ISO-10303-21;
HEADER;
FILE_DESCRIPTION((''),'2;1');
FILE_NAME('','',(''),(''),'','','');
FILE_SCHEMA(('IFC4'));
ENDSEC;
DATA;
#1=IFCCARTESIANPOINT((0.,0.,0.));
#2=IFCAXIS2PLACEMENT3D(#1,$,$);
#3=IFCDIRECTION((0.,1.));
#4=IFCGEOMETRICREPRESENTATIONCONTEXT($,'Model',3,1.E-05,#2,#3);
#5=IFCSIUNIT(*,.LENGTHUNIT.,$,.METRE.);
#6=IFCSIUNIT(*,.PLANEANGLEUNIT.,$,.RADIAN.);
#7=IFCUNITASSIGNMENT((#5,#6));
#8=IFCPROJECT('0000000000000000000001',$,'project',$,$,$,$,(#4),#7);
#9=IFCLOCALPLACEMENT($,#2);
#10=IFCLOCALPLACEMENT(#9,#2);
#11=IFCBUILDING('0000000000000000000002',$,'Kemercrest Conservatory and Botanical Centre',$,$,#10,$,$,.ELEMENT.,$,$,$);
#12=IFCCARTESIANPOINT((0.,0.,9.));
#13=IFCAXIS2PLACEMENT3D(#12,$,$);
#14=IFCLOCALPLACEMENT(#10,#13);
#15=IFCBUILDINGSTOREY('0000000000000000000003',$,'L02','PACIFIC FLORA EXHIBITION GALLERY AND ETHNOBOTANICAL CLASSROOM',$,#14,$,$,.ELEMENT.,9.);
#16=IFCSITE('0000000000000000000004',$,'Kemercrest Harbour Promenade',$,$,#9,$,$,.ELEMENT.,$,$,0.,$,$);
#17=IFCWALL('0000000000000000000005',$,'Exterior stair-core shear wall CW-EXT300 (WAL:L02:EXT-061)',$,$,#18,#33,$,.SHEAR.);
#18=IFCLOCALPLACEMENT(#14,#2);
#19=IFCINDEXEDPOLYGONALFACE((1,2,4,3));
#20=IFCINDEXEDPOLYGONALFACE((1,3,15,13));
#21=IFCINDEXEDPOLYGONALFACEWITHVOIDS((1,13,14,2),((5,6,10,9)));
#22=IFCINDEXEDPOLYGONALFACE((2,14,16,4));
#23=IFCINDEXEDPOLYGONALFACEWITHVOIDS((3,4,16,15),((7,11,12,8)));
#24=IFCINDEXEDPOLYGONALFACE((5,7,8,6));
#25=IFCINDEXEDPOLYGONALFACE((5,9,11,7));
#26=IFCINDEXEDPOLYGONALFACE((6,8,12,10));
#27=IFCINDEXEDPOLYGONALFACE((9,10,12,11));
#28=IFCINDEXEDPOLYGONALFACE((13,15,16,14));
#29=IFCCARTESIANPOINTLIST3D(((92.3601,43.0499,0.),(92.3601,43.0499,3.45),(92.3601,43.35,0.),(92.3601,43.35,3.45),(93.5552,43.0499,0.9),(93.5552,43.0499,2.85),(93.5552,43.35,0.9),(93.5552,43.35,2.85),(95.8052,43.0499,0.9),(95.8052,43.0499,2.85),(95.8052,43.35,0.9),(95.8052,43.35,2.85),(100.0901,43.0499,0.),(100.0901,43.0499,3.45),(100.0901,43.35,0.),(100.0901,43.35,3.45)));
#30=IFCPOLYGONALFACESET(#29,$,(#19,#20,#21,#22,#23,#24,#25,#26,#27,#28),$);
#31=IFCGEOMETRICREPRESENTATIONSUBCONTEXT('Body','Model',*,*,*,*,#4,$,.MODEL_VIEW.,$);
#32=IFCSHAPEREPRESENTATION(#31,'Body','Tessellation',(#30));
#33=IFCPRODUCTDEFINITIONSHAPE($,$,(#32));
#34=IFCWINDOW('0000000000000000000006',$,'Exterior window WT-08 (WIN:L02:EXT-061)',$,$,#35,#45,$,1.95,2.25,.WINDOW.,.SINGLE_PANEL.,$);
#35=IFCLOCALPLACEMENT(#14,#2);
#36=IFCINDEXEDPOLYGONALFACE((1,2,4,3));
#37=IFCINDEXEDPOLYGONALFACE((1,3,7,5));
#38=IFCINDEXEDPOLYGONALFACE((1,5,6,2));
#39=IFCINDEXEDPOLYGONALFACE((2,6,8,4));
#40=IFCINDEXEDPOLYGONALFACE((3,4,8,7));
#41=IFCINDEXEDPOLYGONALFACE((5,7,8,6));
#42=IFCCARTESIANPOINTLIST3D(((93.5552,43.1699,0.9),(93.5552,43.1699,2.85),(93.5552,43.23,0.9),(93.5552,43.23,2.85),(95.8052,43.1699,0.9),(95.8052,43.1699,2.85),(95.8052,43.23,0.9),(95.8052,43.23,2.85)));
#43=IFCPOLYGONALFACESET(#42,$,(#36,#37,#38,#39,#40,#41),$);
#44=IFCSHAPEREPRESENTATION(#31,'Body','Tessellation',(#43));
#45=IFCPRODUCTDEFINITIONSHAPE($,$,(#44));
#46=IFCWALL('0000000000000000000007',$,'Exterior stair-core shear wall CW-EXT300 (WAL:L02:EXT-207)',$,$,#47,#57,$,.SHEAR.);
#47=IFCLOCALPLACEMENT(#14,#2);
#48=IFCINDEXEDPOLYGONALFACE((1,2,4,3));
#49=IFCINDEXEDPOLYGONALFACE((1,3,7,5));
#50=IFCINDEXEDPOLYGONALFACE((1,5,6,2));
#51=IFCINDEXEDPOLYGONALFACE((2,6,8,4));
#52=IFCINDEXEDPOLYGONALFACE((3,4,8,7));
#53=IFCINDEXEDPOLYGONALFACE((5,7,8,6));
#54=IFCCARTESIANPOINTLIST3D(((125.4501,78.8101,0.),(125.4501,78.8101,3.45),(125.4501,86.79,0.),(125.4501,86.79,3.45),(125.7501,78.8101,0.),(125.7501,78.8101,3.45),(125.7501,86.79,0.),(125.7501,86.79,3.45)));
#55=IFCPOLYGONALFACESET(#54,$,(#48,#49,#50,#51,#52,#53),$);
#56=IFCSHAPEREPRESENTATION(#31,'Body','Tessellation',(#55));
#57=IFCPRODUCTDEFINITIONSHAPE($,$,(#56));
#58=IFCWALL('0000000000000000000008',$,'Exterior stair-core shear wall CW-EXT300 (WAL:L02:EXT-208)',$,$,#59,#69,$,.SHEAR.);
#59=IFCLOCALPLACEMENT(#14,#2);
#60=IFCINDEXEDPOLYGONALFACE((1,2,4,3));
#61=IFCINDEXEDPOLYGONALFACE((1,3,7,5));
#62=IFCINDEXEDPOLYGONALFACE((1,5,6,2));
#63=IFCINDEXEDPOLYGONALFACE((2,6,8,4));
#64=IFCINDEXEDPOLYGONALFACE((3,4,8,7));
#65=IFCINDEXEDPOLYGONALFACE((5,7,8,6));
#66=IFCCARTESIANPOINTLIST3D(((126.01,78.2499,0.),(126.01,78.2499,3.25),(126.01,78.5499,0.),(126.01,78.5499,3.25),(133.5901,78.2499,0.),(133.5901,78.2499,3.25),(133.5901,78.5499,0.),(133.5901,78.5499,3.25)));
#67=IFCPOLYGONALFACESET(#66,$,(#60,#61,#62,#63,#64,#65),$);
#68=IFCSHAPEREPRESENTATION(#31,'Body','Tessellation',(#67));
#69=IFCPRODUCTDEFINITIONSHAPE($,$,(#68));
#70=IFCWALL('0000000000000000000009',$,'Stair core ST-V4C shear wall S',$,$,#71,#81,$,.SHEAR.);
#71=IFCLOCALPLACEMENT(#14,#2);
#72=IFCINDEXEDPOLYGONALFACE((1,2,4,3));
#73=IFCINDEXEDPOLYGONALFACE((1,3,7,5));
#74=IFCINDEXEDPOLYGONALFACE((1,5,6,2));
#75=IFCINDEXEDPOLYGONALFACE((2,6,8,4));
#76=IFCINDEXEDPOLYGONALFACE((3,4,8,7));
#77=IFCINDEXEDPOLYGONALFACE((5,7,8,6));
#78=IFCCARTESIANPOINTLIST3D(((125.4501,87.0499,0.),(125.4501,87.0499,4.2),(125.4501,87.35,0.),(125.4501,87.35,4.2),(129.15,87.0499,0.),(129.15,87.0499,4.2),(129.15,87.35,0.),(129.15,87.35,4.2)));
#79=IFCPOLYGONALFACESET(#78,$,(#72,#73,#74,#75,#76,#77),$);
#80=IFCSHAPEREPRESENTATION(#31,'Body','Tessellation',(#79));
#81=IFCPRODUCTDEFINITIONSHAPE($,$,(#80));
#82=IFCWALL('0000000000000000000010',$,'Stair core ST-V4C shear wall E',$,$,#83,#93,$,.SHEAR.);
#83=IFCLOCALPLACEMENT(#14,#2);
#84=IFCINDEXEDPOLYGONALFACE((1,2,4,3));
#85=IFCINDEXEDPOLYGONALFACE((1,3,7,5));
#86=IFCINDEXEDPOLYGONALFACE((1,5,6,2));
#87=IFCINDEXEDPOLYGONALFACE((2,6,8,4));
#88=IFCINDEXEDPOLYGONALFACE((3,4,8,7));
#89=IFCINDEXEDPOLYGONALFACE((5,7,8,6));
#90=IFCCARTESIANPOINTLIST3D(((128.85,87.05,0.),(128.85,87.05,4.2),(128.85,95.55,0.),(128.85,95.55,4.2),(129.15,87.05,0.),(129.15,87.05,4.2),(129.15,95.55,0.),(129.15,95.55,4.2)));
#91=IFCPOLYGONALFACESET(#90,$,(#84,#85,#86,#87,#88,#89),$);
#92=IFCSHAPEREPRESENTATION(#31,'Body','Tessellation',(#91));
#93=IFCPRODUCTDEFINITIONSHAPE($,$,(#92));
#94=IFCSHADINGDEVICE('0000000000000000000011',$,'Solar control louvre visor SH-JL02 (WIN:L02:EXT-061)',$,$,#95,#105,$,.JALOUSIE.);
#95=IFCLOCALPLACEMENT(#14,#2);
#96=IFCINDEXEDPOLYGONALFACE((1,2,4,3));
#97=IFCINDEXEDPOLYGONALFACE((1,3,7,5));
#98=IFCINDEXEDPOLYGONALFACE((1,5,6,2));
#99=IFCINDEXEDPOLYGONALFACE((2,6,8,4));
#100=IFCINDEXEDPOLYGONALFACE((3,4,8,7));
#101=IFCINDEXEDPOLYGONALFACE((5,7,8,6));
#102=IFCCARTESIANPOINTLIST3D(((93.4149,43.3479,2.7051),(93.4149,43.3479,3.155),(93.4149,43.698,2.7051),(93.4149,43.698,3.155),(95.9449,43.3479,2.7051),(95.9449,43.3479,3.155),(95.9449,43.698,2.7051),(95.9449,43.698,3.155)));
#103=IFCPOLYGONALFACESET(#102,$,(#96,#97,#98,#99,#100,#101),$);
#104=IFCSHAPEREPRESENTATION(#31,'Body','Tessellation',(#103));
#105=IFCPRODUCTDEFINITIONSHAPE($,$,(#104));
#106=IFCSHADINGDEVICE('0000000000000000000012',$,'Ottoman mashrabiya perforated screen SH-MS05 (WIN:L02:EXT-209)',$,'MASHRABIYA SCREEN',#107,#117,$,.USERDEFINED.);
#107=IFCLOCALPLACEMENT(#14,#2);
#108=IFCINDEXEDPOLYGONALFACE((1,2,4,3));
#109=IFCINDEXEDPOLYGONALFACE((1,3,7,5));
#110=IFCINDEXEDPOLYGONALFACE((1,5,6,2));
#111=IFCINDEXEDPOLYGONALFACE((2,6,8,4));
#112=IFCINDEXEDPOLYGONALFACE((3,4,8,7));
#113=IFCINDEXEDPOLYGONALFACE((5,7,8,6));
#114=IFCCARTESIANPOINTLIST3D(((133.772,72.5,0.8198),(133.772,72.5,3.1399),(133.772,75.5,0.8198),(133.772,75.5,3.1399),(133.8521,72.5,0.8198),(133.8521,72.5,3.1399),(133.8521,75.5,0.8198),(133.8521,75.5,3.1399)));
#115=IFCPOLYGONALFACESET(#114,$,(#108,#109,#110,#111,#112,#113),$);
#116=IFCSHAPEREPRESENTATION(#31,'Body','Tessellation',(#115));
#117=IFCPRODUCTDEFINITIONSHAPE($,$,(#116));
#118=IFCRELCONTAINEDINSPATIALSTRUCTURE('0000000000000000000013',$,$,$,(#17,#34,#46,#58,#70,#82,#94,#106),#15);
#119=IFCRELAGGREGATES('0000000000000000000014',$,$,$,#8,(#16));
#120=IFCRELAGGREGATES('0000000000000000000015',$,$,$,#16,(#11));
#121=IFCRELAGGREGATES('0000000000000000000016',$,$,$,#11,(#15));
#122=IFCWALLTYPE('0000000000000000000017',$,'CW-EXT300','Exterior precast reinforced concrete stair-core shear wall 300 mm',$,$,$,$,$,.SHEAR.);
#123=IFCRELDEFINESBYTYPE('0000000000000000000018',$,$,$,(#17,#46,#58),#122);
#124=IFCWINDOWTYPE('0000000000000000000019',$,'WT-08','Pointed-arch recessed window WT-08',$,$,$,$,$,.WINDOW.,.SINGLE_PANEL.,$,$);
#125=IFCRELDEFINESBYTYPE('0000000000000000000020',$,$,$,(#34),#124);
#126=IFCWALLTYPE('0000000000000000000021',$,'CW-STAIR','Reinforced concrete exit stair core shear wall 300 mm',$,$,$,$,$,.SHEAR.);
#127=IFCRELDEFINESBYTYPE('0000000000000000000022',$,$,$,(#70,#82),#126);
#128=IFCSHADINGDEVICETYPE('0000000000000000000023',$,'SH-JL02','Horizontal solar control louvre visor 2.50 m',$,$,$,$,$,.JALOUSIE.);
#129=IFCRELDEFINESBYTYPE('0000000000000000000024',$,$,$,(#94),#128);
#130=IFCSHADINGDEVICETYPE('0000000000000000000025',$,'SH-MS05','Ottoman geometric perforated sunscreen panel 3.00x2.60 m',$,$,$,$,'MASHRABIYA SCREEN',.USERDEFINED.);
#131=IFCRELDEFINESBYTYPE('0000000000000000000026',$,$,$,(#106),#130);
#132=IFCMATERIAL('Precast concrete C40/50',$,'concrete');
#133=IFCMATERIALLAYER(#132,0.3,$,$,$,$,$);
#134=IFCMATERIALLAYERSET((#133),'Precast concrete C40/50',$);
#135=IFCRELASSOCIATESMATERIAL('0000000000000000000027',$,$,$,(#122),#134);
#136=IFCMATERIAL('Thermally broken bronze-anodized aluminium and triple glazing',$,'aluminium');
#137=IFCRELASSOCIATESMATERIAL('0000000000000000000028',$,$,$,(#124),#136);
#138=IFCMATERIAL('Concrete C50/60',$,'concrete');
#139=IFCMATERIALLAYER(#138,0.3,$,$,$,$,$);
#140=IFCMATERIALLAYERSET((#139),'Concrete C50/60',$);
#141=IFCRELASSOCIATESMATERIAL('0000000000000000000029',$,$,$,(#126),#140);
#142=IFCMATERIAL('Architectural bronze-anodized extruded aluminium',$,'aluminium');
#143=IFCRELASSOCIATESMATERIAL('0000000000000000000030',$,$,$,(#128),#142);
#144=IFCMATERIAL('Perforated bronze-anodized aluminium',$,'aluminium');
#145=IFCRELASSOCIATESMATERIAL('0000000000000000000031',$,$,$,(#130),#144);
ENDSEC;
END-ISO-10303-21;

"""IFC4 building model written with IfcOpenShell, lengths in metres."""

from ifc_helpers import new_model, si_unit, direction, frame, frame_2d, origin, origin_2d, place, context, subcontext, project, spatial, rectangle, extrude, material, layer, layer_set, type_object, element, fill, save


model = new_model("IFC4")

# Units and contexts
model_context = context("Model", 3, precision=1e-05, world=origin(), true_north=direction((0.0, 1.0)))
body_context = subcontext(model_context, "Body", "Model", "MODEL_VIEW")
ifc_project = project(units=[si_unit("LENGTHUNIT", "METRE"), si_unit("PLANEANGLEUNIT", "RADIAN")], contexts=[model_context])

# Site, building, storey
site_placement = place(None, origin())
site = spatial("IfcSite", under=ifc_project, at=site_placement, Name="Kemercrest Harbour Promenade", CompositionType="ELEMENT", RefElevation=0.0)
building_placement = place(site_placement, origin())
building = spatial("IfcBuilding", under=site, at=building_placement, Name="Kemercrest Conservatory and Botanical Centre", CompositionType="ELEMENT")
storey_placement = place(building_placement, frame((0.0, 0.0, 9.0)))
storey = spatial("IfcBuildingStorey", under=building, at=storey_placement, Name="L02", Description="PACIFIC FLORA EXHIBITION GALLERY AND ETHNOBOTANICAL CLASSROOM", CompositionType="ELEMENT", Elevation=9.0)

# Shared definitions
ifc_material_1 = material(Name="Concrete C50/60", Category="concrete")

# Shared definitions
ifc_material_2 = material(Name="Precast concrete C40/50", Category="concrete")

# Wall, opening, window
ifc_layer_1 = layer(ifc_material_2, 0.3)
ifc_layer_set_1 = layer_set([ifc_layer_1], Name="Precast concrete C40/50")
wall_type_1 = type_object("IfcWallType", Name="CW-EXT300", Description="Exterior precast reinforced concrete stair-core shear wall 300 mm", PredefinedType="SHEAR", material=ifc_layer_set_1)
wall_1_placement = place(storey_placement, frame((100.0901, 43.2, 0.0), z_axis=(0.0, 0.0, 1.0), x_axis=(-1.0, 0.0, 0.0)))
wall_1 = element("IfcWall", 1, at=wall_1_placement, inside=storey, type_object=wall_type_1, Name="Exterior stair-core shear wall CW-EXT300 (WAL:L02:EXT-061)", PredefinedType="SHEAR", context=body_context, shape_type="SweptSolid", body=[
    extrude(rectangle(XDim=7.73, YDim=0.3, at=frame_2d((3.865, 0.0))), origin(), (0.0, 0.0, 1.0), 3.45),
])
opening_placement = place(wall_1_placement, frame((4.2849, 0.0, 0.8999)))
opening = element("IfcOpeningElement", 2, at=opening_placement, cuts=wall_1, PredefinedType="OPENING", context=body_context, shape_type="SweptSolid", body=[
    extrude(rectangle(XDim=2.25, YDim=1.95, at=frame_2d((1.125, 0.9751))), frame((0.0, 0.1602, 0.0), z_axis=(0.0, -1.0, 0.0), x_axis=(1.0, 0.0, 0.0)), (0.0, 0.0, 1.0), 0.3201),
])
ifc_material_3 = material(Name="Thermally broken bronze-anodized aluminium and triple glazing", Category="aluminium")
window_type = type_object("IfcWindowType", Name="WT-08", Description="Pointed-arch recessed window WT-08", PartitioningType="SINGLE_PANEL", PredefinedType="WINDOW", material=ifc_material_3)
window_placement = place(opening_placement, origin())
window = element("IfcWindow", 3, at=window_placement, inside=storey, type_object=window_type, Name="Exterior window WT-08 (WIN:L02:EXT-061)", OverallHeight=1.95, OverallWidth=2.25, PartitioningType="SINGLE_PANEL", PredefinedType="WINDOW", context=body_context, shape_type="SweptSolid", body=[
    extrude(rectangle(XDim=2.25, YDim=1.95, at=frame_2d((1.125, 0.9751))), frame((0.0, 0.03, 0.0), z_axis=(0.0, -1.0, 0.0), x_axis=(1.0, 0.0, 0.0)), (0.0, 0.0, 1.0), 0.0601),
])
fill(opening, window)

# Walls
wall_2_placement = place(storey_placement, frame((125.6001, 86.79, 0.0), z_axis=(0.0, 0.0, 1.0), x_axis=(0.0, -1.0, 0.0)))
element("IfcWall", 4, at=wall_2_placement, inside=storey, type_object=wall_type_1, Name="Exterior stair-core shear wall CW-EXT300 (WAL:L02:EXT-207)", PredefinedType="SHEAR", context=body_context, shape_type="SweptSolid", body=[
    extrude(rectangle(XDim=7.98, YDim=0.3, at=frame_2d((3.99, 0.0))), origin(), (0.0, 0.0, 1.0), 3.45),
])
wall_3_placement = place(storey_placement, frame((126.01, 78.3999, 0.0), z_axis=(0.0, 0.0, 1.0), x_axis=(1.0, 0.0, 0.0)))
element("IfcWall", 5, at=wall_3_placement, inside=storey, type_object=wall_type_1, Name="Exterior stair-core shear wall CW-EXT300 (WAL:L02:EXT-208)", PredefinedType="SHEAR", context=body_context, shape_type="SweptSolid", body=[
    extrude(rectangle(XDim=7.5801, YDim=0.3, at=frame_2d((3.79, 0.0))), origin(), (0.0, 0.0, 1.0), 3.25),
])
ifc_layer_2 = layer(ifc_material_1, 0.3)
ifc_layer_set_2 = layer_set([ifc_layer_2], Name="Concrete C50/60")
wall_type_2 = type_object("IfcWallType", Name="CW-STAIR", Description="Reinforced concrete exit stair core shear wall 300 mm", PredefinedType="SHEAR", material=ifc_layer_set_2)
wall_4_placement = place(storey_placement, frame((125.45, 87.2, 0.0), z_axis=(0.0, 0.0, 1.0), x_axis=(1.0, 0.0, 0.0)))
element("IfcWall", 6, at=wall_4_placement, inside=storey, type_object=wall_type_2, Name="Stair core ST-V4C shear wall S", PredefinedType="SHEAR", context=body_context, shape_type="SweptSolid", body=[
    extrude(rectangle(XDim=3.7, YDim=0.3, at=frame_2d((1.8501, 0.0))), origin(), (0.0, 0.0, 1.0), 4.2),
])
wall_5_placement = place(storey_placement, frame((129.0, 87.05, 0.0), z_axis=(0.0, 0.0, 1.0), x_axis=(0.0, 1.0, 0.0)))
element("IfcWall", 7, at=wall_5_placement, inside=storey, type_object=wall_type_2, Name="Stair core ST-V4C shear wall E", PredefinedType="SHEAR", context=body_context, shape_type="SweptSolid", body=[
    extrude(rectangle(XDim=8.5, YDim=0.3, at=frame_2d((4.25, 0.0))), origin(), (0.0, 0.0, 1.0), 4.2),
])

# Shading devices
ifc_material_4 = material(Name="Architectural bronze-anodized extruded aluminium", Category="aluminium")
shading_device_type_1 = type_object("IfcShadingDeviceType", Name="SH-JL02", Description="Horizontal solar control louvre visor 2.50 m", PredefinedType="JALOUSIE", material=ifc_material_4)
shading_device_1_placement = place(storey_placement, frame((94.6799, 43.5229, 2.7051), z_axis=(0.0, 0.0, 1.0), x_axis=(-1.0, 0.0, 0.0)))
element("IfcShadingDevice", 8, at=shading_device_1_placement, inside=storey, type_object=shading_device_type_1, Name="Solar control louvre visor SH-JL02 (WIN:L02:EXT-061)", PredefinedType="JALOUSIE", context=body_context, shape_type="SweptSolid", body=[
    extrude(rectangle(XDim=2.53, YDim=0.3501, at=origin_2d()), origin(), (0.0, 0.0, 1.0), 0.45),
])
ifc_material_5 = material(Name="Perforated bronze-anodized aluminium", Category="aluminium")
shading_device_type_2 = type_object("IfcShadingDeviceType", Name="SH-MS05", Description="Ottoman geometric perforated sunscreen panel 3.00x2.60 m", ElementType="MASHRABIYA SCREEN", PredefinedType="USERDEFINED", material=ifc_material_5)
shading_device_2_placement = place(storey_placement, frame((133.812, 74.0, 0.8198), z_axis=(0.0, 0.0, 1.0), x_axis=(0.0, -1.0, 0.0)))
element("IfcShadingDevice", 9, at=shading_device_2_placement, inside=storey, type_object=shading_device_type_2, Name="Ottoman mashrabiya perforated screen SH-MS05 (WIN:L02:EXT-209)", ObjectType="MASHRABIYA SCREEN", PredefinedType="USERDEFINED", context=body_context, shape_type="SweptSolid", body=[
    extrude(rectangle(XDim=3.0, YDim=0.0801, at=origin_2d()), origin(), (0.0, 0.0, 1.0), 2.3201),
])

save(model, "model.ifc")
